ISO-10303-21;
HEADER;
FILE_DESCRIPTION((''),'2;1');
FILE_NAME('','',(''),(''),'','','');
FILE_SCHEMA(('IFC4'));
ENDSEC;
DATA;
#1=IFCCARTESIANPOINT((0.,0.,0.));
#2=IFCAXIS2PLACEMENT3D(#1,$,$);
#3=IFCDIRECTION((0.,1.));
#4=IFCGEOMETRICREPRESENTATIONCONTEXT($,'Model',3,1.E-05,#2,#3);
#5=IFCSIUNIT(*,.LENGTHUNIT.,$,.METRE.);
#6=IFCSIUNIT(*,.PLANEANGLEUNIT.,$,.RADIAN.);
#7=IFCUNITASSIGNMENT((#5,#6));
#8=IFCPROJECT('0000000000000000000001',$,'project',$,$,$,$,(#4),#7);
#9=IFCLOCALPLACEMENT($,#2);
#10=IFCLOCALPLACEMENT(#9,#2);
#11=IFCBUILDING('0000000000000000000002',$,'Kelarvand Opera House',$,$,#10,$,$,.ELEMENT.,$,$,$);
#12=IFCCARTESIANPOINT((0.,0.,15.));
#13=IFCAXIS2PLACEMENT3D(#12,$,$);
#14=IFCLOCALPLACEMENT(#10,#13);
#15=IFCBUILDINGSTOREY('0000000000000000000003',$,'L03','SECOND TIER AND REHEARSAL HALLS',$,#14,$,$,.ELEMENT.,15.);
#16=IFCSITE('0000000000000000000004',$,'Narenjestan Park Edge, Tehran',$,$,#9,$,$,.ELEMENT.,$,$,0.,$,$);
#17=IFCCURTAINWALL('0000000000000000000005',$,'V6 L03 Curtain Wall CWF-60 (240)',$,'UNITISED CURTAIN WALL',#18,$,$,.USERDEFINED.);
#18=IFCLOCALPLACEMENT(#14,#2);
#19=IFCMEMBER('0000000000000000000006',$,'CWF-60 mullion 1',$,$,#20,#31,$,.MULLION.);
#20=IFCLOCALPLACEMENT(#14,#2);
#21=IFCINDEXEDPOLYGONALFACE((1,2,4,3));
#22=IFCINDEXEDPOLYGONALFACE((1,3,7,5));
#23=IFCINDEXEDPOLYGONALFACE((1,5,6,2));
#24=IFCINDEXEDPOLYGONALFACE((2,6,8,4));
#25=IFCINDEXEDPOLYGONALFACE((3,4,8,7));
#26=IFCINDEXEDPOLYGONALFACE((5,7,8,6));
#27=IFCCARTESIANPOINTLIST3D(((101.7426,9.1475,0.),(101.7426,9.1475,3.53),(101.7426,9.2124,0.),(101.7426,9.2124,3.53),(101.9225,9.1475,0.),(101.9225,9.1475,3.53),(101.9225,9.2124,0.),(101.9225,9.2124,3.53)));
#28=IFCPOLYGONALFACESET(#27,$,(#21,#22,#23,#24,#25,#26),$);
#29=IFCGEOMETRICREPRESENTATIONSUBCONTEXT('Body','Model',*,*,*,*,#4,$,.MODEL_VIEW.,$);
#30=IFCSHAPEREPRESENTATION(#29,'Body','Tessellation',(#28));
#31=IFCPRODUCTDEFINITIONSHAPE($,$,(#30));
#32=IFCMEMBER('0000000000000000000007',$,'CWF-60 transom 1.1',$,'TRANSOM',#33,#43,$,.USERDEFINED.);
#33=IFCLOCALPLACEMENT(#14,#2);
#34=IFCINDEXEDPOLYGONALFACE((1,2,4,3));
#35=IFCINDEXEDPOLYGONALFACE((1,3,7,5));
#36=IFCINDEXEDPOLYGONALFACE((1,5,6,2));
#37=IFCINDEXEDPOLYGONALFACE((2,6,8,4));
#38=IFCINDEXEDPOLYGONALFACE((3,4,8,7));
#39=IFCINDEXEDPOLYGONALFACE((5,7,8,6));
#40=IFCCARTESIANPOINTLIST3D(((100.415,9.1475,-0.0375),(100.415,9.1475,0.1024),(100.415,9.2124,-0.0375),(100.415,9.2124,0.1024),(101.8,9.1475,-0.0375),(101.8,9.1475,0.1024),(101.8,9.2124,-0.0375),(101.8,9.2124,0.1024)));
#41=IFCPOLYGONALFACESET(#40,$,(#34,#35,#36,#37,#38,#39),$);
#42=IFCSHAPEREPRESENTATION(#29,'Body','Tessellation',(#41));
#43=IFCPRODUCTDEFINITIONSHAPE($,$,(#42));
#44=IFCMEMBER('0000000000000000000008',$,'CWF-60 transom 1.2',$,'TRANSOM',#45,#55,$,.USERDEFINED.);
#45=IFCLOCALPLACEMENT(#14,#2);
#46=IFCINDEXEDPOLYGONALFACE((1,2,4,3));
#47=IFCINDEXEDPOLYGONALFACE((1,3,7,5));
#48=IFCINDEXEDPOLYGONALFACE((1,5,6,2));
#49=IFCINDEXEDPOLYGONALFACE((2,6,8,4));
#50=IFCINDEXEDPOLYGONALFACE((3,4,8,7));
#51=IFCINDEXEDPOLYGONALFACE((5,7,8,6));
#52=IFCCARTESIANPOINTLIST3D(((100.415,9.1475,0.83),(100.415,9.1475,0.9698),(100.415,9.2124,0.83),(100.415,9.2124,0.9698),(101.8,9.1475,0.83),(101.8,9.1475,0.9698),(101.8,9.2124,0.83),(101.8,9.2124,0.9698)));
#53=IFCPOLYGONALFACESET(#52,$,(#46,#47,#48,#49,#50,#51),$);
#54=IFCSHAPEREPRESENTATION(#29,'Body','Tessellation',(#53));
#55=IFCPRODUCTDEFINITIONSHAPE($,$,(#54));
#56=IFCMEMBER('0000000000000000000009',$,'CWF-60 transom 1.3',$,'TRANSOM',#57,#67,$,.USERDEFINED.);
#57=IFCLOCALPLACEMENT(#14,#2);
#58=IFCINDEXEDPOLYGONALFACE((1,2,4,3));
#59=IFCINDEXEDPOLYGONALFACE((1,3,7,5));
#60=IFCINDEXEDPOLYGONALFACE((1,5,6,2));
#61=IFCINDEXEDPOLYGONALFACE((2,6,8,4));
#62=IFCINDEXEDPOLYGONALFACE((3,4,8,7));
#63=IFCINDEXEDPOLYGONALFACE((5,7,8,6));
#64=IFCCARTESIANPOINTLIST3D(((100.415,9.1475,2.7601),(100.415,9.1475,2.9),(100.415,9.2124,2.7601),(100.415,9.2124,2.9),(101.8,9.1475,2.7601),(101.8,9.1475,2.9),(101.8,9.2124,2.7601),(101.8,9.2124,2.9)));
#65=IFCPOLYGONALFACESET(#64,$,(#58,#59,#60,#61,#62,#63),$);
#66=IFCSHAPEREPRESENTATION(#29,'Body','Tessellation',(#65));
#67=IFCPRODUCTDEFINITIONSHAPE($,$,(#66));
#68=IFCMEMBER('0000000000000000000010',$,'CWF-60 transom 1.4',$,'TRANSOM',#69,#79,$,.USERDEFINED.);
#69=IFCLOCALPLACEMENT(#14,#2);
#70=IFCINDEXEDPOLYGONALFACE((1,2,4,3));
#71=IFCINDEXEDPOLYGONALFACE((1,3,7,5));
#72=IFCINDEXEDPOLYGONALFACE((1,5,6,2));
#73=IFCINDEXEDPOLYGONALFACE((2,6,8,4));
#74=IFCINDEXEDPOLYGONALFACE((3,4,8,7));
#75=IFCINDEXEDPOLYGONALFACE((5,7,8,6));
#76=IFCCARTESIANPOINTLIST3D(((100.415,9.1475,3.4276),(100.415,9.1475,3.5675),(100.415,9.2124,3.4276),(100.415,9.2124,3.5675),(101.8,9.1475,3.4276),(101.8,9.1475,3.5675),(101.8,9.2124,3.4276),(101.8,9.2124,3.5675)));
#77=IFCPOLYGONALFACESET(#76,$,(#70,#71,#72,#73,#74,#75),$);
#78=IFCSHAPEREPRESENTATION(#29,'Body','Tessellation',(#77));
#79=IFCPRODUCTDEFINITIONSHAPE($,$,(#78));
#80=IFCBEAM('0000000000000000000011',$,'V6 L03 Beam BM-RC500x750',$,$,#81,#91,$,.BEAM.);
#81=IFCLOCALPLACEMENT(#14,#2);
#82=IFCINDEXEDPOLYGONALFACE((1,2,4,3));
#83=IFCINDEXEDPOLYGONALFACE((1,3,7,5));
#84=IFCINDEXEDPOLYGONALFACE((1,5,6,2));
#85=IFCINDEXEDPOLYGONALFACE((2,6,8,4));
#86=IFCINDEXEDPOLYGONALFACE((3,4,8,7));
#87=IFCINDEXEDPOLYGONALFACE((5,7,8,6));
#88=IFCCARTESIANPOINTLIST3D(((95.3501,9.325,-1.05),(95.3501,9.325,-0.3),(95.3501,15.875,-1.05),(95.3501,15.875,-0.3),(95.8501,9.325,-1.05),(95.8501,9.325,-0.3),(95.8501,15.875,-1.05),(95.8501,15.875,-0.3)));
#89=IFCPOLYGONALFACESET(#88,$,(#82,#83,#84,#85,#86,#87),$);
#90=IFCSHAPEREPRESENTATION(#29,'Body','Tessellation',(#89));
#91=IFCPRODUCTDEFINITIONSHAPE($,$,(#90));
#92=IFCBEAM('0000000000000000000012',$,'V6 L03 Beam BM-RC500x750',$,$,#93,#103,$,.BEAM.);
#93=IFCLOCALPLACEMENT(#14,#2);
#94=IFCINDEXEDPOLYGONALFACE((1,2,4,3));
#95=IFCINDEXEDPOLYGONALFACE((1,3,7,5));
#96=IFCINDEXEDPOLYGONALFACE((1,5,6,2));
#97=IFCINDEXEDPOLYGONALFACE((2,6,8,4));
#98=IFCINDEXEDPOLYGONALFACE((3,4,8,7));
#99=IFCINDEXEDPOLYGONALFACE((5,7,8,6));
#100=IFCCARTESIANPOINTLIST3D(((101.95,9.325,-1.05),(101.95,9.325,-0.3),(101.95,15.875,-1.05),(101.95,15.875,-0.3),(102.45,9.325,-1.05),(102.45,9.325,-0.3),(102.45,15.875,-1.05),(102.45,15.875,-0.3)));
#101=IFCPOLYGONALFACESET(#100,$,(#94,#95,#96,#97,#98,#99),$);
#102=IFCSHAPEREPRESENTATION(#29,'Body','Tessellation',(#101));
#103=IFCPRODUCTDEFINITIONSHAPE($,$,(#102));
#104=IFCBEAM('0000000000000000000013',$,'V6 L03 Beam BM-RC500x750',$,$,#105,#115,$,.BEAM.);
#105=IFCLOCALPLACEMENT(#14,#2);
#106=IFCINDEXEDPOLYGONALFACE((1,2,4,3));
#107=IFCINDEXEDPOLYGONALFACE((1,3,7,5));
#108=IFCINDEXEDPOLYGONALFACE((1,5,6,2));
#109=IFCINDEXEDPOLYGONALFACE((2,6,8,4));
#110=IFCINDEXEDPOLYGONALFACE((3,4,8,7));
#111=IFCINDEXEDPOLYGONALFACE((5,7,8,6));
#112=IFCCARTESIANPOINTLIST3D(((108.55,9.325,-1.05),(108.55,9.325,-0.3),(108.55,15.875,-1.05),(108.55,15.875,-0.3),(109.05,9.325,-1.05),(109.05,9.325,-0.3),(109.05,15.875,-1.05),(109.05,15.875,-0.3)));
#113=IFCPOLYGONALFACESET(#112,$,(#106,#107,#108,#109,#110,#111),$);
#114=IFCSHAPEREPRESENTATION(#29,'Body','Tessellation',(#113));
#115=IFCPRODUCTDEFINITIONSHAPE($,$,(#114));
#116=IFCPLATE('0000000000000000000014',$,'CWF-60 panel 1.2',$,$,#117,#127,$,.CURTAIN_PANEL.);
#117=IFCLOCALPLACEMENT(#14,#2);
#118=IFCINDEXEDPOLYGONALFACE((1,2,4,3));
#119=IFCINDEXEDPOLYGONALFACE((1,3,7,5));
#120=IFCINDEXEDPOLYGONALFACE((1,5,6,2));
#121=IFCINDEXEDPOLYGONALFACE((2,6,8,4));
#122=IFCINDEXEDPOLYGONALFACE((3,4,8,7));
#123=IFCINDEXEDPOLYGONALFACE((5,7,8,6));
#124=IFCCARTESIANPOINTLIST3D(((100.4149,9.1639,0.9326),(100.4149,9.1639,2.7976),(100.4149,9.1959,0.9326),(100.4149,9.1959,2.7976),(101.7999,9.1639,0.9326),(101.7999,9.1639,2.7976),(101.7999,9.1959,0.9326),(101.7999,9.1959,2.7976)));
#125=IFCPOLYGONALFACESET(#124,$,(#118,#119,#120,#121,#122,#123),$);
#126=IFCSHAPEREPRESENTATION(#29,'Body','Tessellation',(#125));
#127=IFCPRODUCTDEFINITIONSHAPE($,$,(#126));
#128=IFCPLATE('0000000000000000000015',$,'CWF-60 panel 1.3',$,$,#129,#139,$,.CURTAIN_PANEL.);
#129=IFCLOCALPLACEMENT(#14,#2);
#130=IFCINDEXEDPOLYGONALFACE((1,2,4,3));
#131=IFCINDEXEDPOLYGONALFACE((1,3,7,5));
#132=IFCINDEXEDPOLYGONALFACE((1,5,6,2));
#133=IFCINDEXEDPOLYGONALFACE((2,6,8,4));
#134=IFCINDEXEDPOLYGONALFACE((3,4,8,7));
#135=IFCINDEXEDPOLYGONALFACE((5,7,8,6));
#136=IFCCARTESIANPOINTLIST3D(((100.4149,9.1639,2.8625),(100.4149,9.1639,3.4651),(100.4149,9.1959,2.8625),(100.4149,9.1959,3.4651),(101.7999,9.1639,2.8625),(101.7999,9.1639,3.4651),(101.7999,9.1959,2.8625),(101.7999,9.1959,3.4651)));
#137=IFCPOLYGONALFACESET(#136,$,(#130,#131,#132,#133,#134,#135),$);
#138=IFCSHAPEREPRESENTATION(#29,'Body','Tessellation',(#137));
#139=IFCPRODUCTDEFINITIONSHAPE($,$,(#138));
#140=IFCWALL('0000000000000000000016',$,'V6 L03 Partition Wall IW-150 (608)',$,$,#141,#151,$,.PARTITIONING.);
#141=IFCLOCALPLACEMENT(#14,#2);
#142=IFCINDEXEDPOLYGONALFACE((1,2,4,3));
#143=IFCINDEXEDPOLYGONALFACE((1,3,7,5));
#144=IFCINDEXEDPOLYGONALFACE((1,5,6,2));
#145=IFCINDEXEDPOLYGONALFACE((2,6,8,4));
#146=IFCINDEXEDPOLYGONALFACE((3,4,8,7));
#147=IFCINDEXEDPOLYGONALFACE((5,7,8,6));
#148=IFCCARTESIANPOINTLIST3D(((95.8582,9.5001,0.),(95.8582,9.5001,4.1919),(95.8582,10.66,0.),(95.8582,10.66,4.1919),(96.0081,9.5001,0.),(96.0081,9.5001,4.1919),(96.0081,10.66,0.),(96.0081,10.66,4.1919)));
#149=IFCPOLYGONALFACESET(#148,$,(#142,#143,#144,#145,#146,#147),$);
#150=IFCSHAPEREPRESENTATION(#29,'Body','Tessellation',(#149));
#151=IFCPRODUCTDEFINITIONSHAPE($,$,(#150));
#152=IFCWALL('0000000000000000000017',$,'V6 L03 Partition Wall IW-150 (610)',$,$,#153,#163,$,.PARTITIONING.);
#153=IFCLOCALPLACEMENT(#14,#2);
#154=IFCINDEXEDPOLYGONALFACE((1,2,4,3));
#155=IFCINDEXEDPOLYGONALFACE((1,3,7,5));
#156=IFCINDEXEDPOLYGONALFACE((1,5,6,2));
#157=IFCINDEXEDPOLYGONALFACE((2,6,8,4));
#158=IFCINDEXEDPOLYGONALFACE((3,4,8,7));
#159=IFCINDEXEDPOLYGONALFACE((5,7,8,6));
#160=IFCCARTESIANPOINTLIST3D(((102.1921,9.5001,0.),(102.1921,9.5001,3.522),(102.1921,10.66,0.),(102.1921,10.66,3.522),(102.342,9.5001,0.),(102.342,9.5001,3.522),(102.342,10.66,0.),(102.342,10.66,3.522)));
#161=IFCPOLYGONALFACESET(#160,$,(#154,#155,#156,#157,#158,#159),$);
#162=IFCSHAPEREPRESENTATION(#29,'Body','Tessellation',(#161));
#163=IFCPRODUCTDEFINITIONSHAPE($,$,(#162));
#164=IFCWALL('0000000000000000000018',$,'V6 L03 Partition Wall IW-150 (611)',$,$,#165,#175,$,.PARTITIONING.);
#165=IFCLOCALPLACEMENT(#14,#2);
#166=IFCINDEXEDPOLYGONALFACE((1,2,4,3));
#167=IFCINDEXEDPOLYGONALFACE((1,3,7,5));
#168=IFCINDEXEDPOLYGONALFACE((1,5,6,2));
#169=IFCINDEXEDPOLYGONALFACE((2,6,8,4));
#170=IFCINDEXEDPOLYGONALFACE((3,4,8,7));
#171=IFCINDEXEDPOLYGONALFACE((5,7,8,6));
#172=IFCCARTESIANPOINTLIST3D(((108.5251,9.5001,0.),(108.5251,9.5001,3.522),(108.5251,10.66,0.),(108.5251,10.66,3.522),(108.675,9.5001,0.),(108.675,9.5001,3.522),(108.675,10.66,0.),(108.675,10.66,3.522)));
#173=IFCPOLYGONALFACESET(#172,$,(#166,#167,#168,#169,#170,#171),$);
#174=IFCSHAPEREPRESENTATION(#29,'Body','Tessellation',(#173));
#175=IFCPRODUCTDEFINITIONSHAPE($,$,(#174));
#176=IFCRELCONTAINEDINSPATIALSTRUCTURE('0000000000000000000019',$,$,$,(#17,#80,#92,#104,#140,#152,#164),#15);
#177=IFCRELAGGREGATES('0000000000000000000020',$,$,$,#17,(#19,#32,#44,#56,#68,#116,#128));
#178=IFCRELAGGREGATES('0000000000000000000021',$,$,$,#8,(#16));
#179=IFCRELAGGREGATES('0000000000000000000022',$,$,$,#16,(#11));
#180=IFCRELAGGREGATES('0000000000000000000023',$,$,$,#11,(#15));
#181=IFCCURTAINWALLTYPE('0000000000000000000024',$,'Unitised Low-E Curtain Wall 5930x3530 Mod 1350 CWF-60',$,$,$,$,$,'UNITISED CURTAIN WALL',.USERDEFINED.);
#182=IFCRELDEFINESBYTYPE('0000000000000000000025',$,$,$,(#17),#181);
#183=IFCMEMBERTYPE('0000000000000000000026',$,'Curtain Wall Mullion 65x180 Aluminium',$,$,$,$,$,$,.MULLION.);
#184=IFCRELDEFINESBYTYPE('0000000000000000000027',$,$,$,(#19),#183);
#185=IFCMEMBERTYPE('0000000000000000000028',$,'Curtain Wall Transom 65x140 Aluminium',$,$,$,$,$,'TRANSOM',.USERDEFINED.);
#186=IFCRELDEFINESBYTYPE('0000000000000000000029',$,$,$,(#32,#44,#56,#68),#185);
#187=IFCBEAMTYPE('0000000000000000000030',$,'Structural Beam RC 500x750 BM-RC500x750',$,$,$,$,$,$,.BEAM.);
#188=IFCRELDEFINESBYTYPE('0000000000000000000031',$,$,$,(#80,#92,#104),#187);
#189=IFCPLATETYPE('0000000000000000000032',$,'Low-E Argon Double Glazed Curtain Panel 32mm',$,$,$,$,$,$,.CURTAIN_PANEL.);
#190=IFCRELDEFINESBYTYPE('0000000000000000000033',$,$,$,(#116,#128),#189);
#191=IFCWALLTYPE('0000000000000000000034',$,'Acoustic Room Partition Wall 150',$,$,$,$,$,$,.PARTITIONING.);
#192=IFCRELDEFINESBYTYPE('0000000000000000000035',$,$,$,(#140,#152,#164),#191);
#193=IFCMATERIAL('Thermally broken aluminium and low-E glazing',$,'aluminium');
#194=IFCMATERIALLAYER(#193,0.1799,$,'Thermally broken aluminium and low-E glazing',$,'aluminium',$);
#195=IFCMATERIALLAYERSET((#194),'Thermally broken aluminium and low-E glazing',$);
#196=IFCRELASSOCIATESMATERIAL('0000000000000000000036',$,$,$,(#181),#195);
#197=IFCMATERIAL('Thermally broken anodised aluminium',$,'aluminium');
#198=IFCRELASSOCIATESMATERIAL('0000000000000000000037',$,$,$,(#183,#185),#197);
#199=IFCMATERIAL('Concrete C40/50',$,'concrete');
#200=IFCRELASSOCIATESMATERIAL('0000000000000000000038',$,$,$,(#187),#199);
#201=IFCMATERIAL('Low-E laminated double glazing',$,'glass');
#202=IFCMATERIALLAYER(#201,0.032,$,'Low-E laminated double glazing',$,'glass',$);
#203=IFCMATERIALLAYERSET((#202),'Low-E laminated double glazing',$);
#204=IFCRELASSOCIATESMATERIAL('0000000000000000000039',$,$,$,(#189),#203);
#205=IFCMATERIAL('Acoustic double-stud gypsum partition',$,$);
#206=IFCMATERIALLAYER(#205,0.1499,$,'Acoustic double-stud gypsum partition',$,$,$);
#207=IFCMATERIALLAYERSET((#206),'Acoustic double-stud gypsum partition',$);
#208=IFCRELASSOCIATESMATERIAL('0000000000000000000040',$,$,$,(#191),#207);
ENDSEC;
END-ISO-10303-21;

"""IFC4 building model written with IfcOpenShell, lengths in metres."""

from ifc_helpers import new_model, si_unit, direction, frame, frame_2d, origin, origin_2d, place, context, subcontext, project, spatial, rectangle, extrude, material, layer, layer_set, material_profile, profile_set, type_object, element, aggregate, save


model = new_model("IFC4")

# Units and contexts
model_context = context("Model", 3, precision=1e-05, world=origin(), true_north=direction((0.0, 1.0)))
body_context = subcontext(model_context, "Body", "Model", "MODEL_VIEW")
ifc_project = project(units=[si_unit("LENGTHUNIT", "METRE"), si_unit("PLANEANGLEUNIT", "RADIAN")], contexts=[model_context])

# Site, building, storey
site_placement = place(None, origin())
site = spatial("IfcSite", under=ifc_project, at=site_placement, Name="Narenjestan Park Edge, Tehran", CompositionType="ELEMENT", RefElevation=0.0)
building_placement = place(site_placement, origin())
building = spatial("IfcBuilding", under=site, at=building_placement, Name="Kelarvand Opera House", CompositionType="ELEMENT")
storey_placement = place(building_placement, frame((0.0, 0.0, 15.0)))
storey = spatial("IfcBuildingStorey", under=building, at=storey_placement, Name="L03", Description="SECOND TIER AND REHEARSAL HALLS", CompositionType="ELEMENT", Elevation=15.0)

# Curtain wall, members
ifc_material_1 = material(Name="Thermally broken aluminium and low-E glazing", Category="aluminium")
ifc_layer_1 = layer(ifc_material_1, 0.1799, Name="Thermally broken aluminium and low-E glazing", Category="aluminium")
ifc_layer_set_1 = layer_set([ifc_layer_1], Name="Thermally broken aluminium and low-E glazing")
curtain_wall_type = type_object("IfcCurtainWallType", Name="Unitised Low-E Curtain Wall 5930x3530 Mod 1350 CWF-60", ElementType="UNITISED CURTAIN WALL", PredefinedType="USERDEFINED", material=ifc_layer_set_1)
curtain_wall_placement = place(storey_placement, origin())
curtain_wall = element("IfcCurtainWall", 1, at=curtain_wall_placement, inside=storey, type_object=curtain_wall_type, Name="V6 L03 Curtain Wall CWF-60 (240)", ObjectType="UNITISED CURTAIN WALL", PredefinedType="USERDEFINED")
ifc_material_2 = material(Name="Thermally broken anodised aluminium", Category="aluminium")
ifc_material_profile_1 = material_profile(ifc_material_2, rectangle(XDim=0.0649, YDim=0.1799, at=origin_2d()), Name="ALU MULLION 65x180", Category="aluminium")
ifc_profile_set_1 = profile_set([ifc_material_profile_1], Name="Thermally broken anodised aluminium")
member_type_1 = type_object("IfcMemberType", Name="Curtain Wall Mullion 65x180 Aluminium", PredefinedType="MULLION", material=ifc_profile_set_1)
member_1_placement = place(storey_placement, frame((101.8325, 9.1799, 0.0), z_axis=(0.0, 0.0, 1.0), x_axis=(0.0, -1.0, 0.0)))
member_1 = element("IfcMember", 2, at=member_1_placement, type_object=member_type_1, Name="CWF-60 mullion 1", PredefinedType="MULLION", context=body_context, shape_type="SweptSolid", body=[
    extrude(rectangle(XDim=0.0649, YDim=0.1799, at=origin_2d()), origin(), (0.0, 0.0, 1.0), 3.53),
])
ifc_material_profile_2 = material_profile(ifc_material_2, rectangle(XDim=0.0649, YDim=0.1399, at=origin_2d()), Name="ALU TRANSOM 65x140", Category="aluminium")
ifc_profile_set_2 = profile_set([ifc_material_profile_2], Name="Thermally broken anodised aluminium")
member_type_2 = type_object("IfcMemberType", Name="Curtain Wall Transom 65x140 Aluminium", ElementType="TRANSOM", PredefinedType="USERDEFINED", material=ifc_profile_set_2)
member_2_placement = place(storey_placement, frame((101.8, 9.1799, 0.0325), z_axis=(-1.0, 0.0, 0.0), x_axis=(0.0, -1.0, 0.0)))
member_2 = element("IfcMember", 3, at=member_2_placement, type_object=member_type_2, Name="CWF-60 transom 1.1", ObjectType="TRANSOM", PredefinedType="USERDEFINED", context=body_context, shape_type="SweptSolid", body=[
    extrude(rectangle(XDim=0.0649, YDim=0.1399, at=origin_2d()), origin(), (0.0, 0.0, 1.0), 1.385),
])
member_3_placement = place(storey_placement, frame((101.8, 9.1799, 0.8999), z_axis=(-1.0, 0.0, 0.0), x_axis=(0.0, -1.0, 0.0)))
member_3 = element("IfcMember", 4, at=member_3_placement, type_object=member_type_2, Name="CWF-60 transom 1.2", ObjectType="TRANSOM", PredefinedType="USERDEFINED", context=body_context, shape_type="SweptSolid", body=[
    extrude(rectangle(XDim=0.0649, YDim=0.1399, at=origin_2d()), origin(), (0.0, 0.0, 1.0), 1.385),
])
member_4_placement = place(storey_placement, frame((101.8, 9.1799, 2.8301), z_axis=(-1.0, 0.0, 0.0), x_axis=(0.0, -1.0, 0.0)))
member_4 = element("IfcMember", 5, at=member_4_placement, type_object=member_type_2, Name="CWF-60 transom 1.3", ObjectType="TRANSOM", PredefinedType="USERDEFINED", context=body_context, shape_type="SweptSolid", body=[
    extrude(rectangle(XDim=0.0649, YDim=0.1399, at=origin_2d()), origin(), (0.0, 0.0, 1.0), 1.385),
])
member_5_placement = place(storey_placement, frame((101.8, 9.1799, 3.4976), z_axis=(-1.0, 0.0, 0.0), x_axis=(0.0, -1.0, 0.0)))
member_5 = element("IfcMember", 6, at=member_5_placement, type_object=member_type_2, Name="CWF-60 transom 1.4", ObjectType="TRANSOM", PredefinedType="USERDEFINED", context=body_context, shape_type="SweptSolid", body=[
    extrude(rectangle(XDim=0.0649, YDim=0.1399, at=origin_2d()), origin(), (0.0, 0.0, 1.0), 1.385),
])

# Beams
ifc_material_3 = material(Name="Concrete C40/50", Category="concrete")
ifc_material_profile_3 = material_profile(ifc_material_3, rectangle(XDim=0.5, YDim=0.75, at=origin_2d()), Name="RC 500x750", Category="concrete")
ifc_profile_set_3 = profile_set([ifc_material_profile_3], Name="Concrete C40/50")
beam_type = type_object("IfcBeamType", Name="Structural Beam RC 500x750 BM-RC500x750", PredefinedType="BEAM", material=ifc_profile_set_3)
for number, where, z_axis, x_axis, name in (
    (7, (95.6001, 9.325, -0.675), (0.0, 1.0, 0.0), (-1.0, 0.0, 0.0), "V6 L03 Beam BM-RC500x750"),
    (8, (102.2, 9.325, -0.675), (0.0, 1.0, 0.0), (-1.0, 0.0, 0.0), "V6 L03 Beam BM-RC500x750"),
    (9, (108.8, 9.325, -0.675), (0.0, 1.0, 0.0), (-1.0, 0.0, 0.0), "V6 L03 Beam BM-RC500x750"),
):
    element("IfcBeam", number, at=place(storey_placement, frame(where, z_axis=z_axis, x_axis=x_axis)), inside=storey, type_object=beam_type, Name=name, PredefinedType="BEAM", context=body_context, shape_type="SweptSolid", body=[
        extrude(rectangle(XDim=0.5, YDim=0.75, at=origin_2d()), origin(), (0.0, 0.0, 1.0), 6.55),
    ])

# Plates
ifc_material_4 = material(Name="Low-E laminated double glazing", Category="glass")
ifc_layer_2 = layer(ifc_material_4, 0.032, Name="Low-E laminated double glazing", Category="glass")
ifc_layer_set_2 = layer_set([ifc_layer_2], Name="Low-E laminated double glazing")
plate_type = type_object("IfcPlateType", Name="Low-E Argon Double Glazed Curtain Panel 32mm", PredefinedType="CURTAIN_PANEL", material=ifc_layer_set_2)
plate_1_placement = place(storey_placement, frame((101.1074, 9.1799, 0.9326), z_axis=(0.0, 0.0, 1.0), x_axis=(-1.0, 0.0, 0.0)))
plate_1 = element("IfcPlate", 10, at=plate_1_placement, type_object=plate_type, Name="CWF-60 panel 1.2", PredefinedType="CURTAIN_PANEL", context=body_context, shape_type="SweptSolid", body=[
    extrude(rectangle(XDim=1.385, YDim=0.032, at=origin_2d()), origin(), (0.0, 0.0, 1.0), 1.865),
])
plate_2_placement = place(storey_placement, frame((101.1074, 9.1799, 2.8625), z_axis=(0.0, 0.0, 1.0), x_axis=(-1.0, 0.0, 0.0)))
plate_2 = element("IfcPlate", 11, at=plate_2_placement, type_object=plate_type, Name="CWF-60 panel 1.3", PredefinedType="CURTAIN_PANEL", context=body_context, shape_type="SweptSolid", body=[
    extrude(rectangle(XDim=1.385, YDim=0.032, at=origin_2d()), origin(), (0.0, 0.0, 1.0), 0.6025),
])
aggregate(curtain_wall, [member_1, member_2, member_3, member_4, member_5, plate_1, plate_2])

# Walls
ifc_material_5 = material(Name="Acoustic double-stud gypsum partition")
ifc_layer_3 = layer(ifc_material_5, 0.1499, Name="Acoustic double-stud gypsum partition")
ifc_layer_set_3 = layer_set([ifc_layer_3], Name="Acoustic double-stud gypsum partition")
wall_type_1 = type_object("IfcWallType", Name="Acoustic Room Partition Wall 150", PredefinedType="PARTITIONING", material=ifc_layer_set_3)
wall_1_placement = place(storey_placement, frame((95.9331, 9.5, 0.0), z_axis=(0.0, 0.0, 1.0), x_axis=(0.0, 1.0, 0.0)))
element("IfcWall", 12, at=wall_1_placement, inside=storey, type_object=wall_type_1, Name="V6 L03 Partition Wall IW-150 (608)", PredefinedType="PARTITIONING", context=body_context, shape_type="SweptSolid", body=[
    extrude(rectangle(XDim=1.1599, YDim=0.1499, at=frame_2d((0.5801, 0.0))), origin(), (0.0, 0.0, 1.0), 4.1919),
])
for number, where, z_axis, x_axis, name in (
    (13, (102.2671, 9.5, 0.0), (0.0, 0.0, 1.0), (0.0, 1.0, 0.0), "V6 L03 Partition Wall IW-150 (610)"),
    (14, (108.6001, 9.5, 0.0), (0.0, 0.0, 1.0), (0.0, 1.0, 0.0), "V6 L03 Partition Wall IW-150 (611)"),
):
    element("IfcWall", number, at=place(storey_placement, frame(where, z_axis=z_axis, x_axis=x_axis)), inside=storey, type_object=wall_type_1, Name=name, PredefinedType="PARTITIONING", context=body_context, shape_type="SweptSolid", body=[
        extrude(rectangle(XDim=1.1599, YDim=0.1499, at=frame_2d((0.5801, 0.0))), origin(), (0.0, 0.0, 1.0), 3.522),
    ])

save(model, "model.ifc")
